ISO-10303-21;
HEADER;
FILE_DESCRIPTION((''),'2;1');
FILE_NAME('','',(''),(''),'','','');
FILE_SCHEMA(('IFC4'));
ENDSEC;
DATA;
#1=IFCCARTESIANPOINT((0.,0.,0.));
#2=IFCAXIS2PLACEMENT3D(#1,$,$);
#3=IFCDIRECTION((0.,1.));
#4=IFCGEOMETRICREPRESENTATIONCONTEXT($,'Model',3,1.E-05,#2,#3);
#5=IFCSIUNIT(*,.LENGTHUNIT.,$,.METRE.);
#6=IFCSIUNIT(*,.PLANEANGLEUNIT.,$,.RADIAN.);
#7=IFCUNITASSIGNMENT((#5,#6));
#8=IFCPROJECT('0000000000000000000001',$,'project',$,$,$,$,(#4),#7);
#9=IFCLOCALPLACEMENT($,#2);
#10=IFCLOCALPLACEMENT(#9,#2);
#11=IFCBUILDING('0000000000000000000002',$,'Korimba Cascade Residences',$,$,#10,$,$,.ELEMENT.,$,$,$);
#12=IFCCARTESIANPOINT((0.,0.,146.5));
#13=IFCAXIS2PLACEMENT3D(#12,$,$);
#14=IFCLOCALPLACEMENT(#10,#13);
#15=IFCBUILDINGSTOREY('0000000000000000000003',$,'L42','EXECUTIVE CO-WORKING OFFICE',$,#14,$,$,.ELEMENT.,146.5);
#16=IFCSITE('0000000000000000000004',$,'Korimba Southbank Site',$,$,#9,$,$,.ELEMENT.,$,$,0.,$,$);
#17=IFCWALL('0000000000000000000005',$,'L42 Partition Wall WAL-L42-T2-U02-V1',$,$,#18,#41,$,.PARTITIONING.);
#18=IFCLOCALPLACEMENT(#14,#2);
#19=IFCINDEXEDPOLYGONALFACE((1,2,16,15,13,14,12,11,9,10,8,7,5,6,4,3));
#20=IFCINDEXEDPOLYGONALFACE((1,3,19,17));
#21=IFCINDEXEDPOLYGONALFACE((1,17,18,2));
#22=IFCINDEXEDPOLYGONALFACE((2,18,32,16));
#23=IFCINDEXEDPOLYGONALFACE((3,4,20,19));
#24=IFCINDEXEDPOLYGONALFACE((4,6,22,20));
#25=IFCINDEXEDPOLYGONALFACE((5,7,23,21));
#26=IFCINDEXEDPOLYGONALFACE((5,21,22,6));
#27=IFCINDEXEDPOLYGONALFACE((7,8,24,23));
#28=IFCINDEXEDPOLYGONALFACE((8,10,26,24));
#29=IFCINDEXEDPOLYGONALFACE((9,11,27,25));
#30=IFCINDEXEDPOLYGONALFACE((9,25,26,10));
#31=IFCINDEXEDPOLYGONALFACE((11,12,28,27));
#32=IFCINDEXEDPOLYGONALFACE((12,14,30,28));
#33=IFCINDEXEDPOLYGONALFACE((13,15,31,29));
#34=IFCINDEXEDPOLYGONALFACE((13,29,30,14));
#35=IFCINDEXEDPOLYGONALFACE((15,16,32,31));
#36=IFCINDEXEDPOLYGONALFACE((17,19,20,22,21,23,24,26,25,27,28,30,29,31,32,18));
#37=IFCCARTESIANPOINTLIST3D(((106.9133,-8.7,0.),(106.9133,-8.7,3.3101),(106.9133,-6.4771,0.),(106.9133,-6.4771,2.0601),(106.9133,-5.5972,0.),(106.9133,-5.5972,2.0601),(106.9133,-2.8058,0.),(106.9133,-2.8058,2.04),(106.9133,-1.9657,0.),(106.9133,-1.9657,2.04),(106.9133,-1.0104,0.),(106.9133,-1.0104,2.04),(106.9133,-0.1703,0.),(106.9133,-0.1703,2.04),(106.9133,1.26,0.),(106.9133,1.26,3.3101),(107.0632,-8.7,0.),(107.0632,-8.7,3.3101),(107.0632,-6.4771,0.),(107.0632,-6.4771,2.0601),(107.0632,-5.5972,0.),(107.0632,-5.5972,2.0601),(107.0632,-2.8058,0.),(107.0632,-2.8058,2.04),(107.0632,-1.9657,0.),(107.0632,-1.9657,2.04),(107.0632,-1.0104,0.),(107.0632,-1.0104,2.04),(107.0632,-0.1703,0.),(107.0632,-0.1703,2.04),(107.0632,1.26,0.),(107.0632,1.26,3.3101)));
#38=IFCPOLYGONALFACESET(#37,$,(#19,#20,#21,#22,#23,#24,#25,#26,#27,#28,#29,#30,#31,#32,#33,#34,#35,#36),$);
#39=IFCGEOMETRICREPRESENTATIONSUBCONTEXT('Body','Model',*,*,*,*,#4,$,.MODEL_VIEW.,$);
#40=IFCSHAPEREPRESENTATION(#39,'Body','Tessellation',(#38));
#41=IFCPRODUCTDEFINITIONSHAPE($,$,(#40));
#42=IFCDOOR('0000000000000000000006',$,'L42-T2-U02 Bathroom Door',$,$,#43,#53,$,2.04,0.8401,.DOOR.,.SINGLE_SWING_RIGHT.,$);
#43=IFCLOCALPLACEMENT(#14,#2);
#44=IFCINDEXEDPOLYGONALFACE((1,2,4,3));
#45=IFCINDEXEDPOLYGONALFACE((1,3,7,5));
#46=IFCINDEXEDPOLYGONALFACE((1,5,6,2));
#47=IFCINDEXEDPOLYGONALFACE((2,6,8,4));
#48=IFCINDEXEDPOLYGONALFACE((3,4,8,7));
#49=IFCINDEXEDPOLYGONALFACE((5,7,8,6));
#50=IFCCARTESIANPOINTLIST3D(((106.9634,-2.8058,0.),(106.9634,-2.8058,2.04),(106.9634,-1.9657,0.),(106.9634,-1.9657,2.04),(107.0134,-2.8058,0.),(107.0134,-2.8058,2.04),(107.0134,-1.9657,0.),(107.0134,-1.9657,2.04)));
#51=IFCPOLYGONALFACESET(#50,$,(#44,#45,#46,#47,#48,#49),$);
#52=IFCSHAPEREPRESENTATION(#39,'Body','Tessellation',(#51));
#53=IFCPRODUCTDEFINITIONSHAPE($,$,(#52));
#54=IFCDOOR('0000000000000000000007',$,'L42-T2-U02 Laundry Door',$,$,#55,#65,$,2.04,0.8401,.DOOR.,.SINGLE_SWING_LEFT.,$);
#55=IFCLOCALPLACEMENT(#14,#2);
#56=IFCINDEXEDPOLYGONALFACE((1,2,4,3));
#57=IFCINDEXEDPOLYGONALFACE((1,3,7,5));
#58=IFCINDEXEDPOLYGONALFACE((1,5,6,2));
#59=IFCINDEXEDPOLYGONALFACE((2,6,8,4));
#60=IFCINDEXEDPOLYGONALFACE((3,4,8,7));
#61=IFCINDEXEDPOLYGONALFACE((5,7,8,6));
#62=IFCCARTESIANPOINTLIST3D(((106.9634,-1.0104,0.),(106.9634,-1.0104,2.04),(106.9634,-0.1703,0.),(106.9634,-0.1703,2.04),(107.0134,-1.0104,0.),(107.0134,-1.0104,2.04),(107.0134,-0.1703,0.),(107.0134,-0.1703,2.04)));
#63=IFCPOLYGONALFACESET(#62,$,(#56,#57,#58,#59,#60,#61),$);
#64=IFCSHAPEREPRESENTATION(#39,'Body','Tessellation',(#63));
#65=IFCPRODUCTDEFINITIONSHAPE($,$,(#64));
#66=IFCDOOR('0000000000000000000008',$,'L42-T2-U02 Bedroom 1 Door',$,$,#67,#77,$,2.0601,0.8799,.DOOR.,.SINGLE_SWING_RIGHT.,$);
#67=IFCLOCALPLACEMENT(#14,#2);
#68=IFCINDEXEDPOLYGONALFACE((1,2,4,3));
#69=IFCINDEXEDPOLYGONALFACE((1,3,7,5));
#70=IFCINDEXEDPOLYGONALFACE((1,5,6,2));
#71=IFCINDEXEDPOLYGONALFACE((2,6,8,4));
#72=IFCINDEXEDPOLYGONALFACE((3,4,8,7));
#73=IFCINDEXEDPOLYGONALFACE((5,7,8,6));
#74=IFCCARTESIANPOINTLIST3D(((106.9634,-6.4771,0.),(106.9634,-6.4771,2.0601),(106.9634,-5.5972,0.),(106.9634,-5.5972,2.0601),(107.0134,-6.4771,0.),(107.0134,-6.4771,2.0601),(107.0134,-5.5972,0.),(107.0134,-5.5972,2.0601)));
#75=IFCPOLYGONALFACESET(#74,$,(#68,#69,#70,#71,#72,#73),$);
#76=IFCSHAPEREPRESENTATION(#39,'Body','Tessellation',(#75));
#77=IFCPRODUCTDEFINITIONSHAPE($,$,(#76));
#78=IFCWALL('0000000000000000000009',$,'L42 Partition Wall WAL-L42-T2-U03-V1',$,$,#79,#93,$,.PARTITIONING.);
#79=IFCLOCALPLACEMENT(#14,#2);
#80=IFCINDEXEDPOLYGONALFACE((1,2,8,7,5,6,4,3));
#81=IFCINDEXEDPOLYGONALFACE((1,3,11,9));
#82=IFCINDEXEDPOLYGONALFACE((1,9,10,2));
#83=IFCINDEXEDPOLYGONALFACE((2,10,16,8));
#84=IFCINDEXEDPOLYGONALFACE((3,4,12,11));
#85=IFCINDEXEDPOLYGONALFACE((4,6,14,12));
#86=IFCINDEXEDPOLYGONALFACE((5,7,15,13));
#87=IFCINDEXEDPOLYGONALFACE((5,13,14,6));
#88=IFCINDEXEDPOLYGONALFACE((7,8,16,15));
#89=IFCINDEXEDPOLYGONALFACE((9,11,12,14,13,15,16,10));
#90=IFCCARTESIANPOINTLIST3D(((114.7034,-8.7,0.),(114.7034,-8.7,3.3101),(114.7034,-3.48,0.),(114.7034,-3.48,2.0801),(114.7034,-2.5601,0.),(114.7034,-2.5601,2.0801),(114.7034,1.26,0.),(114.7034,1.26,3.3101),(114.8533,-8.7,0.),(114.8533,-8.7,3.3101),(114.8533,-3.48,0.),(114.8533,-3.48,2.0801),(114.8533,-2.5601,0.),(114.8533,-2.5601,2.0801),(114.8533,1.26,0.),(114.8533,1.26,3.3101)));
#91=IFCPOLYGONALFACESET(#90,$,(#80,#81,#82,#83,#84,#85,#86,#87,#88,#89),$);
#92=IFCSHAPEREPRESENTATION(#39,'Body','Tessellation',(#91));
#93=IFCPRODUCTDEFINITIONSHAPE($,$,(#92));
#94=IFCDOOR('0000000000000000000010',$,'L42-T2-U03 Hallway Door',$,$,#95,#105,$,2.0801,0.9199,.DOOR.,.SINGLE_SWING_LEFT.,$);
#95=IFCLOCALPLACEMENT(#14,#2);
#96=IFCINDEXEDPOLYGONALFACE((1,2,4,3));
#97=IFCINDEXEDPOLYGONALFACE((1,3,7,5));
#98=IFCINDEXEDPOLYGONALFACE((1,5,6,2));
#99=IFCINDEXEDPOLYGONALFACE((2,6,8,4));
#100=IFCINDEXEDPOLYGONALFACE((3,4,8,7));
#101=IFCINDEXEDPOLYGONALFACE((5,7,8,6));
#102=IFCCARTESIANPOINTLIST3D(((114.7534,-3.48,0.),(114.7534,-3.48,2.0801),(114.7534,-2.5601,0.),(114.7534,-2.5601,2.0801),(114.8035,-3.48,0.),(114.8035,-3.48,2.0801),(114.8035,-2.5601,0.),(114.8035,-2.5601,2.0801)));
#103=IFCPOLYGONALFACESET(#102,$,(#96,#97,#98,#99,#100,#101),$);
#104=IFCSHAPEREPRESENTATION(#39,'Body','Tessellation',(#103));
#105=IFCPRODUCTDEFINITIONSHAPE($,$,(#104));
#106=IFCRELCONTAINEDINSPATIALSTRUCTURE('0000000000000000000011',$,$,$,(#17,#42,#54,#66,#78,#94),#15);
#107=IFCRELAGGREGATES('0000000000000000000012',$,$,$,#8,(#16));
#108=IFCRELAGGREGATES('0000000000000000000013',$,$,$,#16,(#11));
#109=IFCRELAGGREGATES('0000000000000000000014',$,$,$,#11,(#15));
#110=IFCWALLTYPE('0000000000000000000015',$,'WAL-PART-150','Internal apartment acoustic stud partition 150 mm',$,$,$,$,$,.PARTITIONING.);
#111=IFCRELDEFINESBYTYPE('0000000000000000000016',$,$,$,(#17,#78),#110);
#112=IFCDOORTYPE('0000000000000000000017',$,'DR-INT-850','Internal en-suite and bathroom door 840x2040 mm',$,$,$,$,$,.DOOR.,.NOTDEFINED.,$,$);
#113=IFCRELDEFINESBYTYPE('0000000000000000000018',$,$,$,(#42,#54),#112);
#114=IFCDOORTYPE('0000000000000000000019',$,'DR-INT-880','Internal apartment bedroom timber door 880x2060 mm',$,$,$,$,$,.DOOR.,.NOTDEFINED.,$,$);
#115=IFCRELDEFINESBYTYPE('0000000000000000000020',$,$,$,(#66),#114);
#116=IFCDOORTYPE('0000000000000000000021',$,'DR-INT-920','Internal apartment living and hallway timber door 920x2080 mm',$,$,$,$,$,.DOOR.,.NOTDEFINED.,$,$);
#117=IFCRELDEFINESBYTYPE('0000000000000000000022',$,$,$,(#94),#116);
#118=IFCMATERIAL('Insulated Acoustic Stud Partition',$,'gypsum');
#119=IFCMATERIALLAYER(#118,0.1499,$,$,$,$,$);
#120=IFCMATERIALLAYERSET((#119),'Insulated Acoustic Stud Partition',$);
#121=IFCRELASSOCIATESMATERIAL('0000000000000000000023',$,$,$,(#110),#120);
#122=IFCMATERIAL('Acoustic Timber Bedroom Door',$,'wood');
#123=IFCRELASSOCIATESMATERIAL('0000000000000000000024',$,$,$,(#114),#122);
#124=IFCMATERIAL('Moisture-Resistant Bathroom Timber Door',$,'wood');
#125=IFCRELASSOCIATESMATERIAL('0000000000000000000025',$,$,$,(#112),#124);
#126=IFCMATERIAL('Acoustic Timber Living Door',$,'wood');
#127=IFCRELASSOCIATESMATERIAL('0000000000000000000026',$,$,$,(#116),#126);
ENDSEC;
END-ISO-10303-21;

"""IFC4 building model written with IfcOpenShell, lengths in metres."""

from ifc_helpers import new_model, si_unit, direction, frame, frame_2d, origin, place, context, subcontext, project, spatial, rectangle, extrude, material, layer, layer_set, type_object, element, fill, save


model = new_model("IFC4")

# Units and contexts
model_context = context("Model", 3, precision=1e-05, world=origin(), true_north=direction((0.0, 1.0)))
body_context = subcontext(model_context, "Body", "Model", "MODEL_VIEW")
ifc_project = project(units=[si_unit("LENGTHUNIT", "METRE"), si_unit("PLANEANGLEUNIT", "RADIAN")], contexts=[model_context])

# Site, building, storey
site_placement = place(None, origin())
site = spatial("IfcSite", under=ifc_project, at=site_placement, Name="Korimba Southbank Site", CompositionType="ELEMENT", RefElevation=0.0)
building_placement = place(site_placement, origin())
building = spatial("IfcBuilding", under=site, at=building_placement, Name="Korimba Cascade Residences", CompositionType="ELEMENT")
storey_placement = place(building_placement, frame((0.0, 0.0, 146.5)))
storey = spatial("IfcBuildingStorey", under=building, at=storey_placement, Name="L42", Description="EXECUTIVE CO-WORKING OFFICE", CompositionType="ELEMENT", Elevation=146.5)

# Shared definitions
ifc_material_1 = material(Name="Insulated Acoustic Stud Partition", Category="gypsum")
ifc_layer_1 = layer(ifc_material_1, 0.1499)
ifc_layer_set_1 = layer_set([ifc_layer_1], Name="Insulated Acoustic Stud Partition")
wall_type_1 = type_object("IfcWallType", Name="WAL-PART-150", Description="Internal apartment acoustic stud partition 150 mm", PredefinedType="PARTITIONING", material=ifc_layer_set_1)
ifc_material_2 = material(Name="Acoustic Timber Bedroom Door", Category="wood")
door_type_1 = type_object("IfcDoorType", Name="DR-INT-880", Description="Internal apartment bedroom timber door 880x2060 mm", OperationType="NOTDEFINED", PredefinedType="DOOR", material=ifc_material_2)

# Wall, openings, doors
wall_1_placement = place(storey_placement, frame((106.9883, -8.7, 0.0), z_axis=(0.0, 0.0, 1.0), x_axis=(0.0, 1.0, 0.0)))
wall_1 = element("IfcWall", 1, at=wall_1_placement, inside=storey, type_object=wall_type_1, Name="L42 Partition Wall WAL-L42-T2-U02-V1", PredefinedType="PARTITIONING", context=body_context, shape_type="SweptSolid", body=[
    extrude(rectangle(XDim=9.96, YDim=0.1499, at=frame_2d((4.98, 0.0))), origin(), (0.0, 0.0, 1.0), 3.3101),
])
opening_1_placement = place(wall_1_placement, frame((5.8943, 0.0, 0.0)))
opening_1 = element("IfcOpeningElement", 2, at=opening_1_placement, cuts=wall_1, PredefinedType="OPENING", context=body_context, shape_type="SweptSolid", body=[
    extrude(rectangle(XDim=0.8401, YDim=2.04, at=frame_2d((0.4199, 1.02))), frame((0.0, 0.085, 0.0), z_axis=(0.0, -1.0, 0.0), x_axis=(1.0, 0.0, 0.0)), (0.0, 0.0, 1.0), 0.1699),
])
opening_2_placement = place(wall_1_placement, frame((7.6897, 0.0, 0.0)))
opening_2 = element("IfcOpeningElement", 3, at=opening_2_placement, cuts=wall_1, PredefinedType="OPENING", context=body_context, shape_type="SweptSolid", body=[
    extrude(rectangle(XDim=0.8401, YDim=2.04, at=frame_2d((0.4199, 1.02))), frame((0.0, 0.085, 0.0), z_axis=(0.0, -1.0, 0.0), x_axis=(1.0, 0.0, 0.0)), (0.0, 0.0, 1.0), 0.1699),
])
opening_3_placement = place(wall_1_placement, frame((2.2229, 0.0, 0.0)))
opening_3 = element("IfcOpeningElement", 4, at=opening_3_placement, cuts=wall_1, PredefinedType="OPENING", context=body_context, shape_type="SweptSolid", body=[
    extrude(rectangle(XDim=0.8799, YDim=2.0601, at=frame_2d((0.4399, 1.03))), frame((0.0, 0.085, 0.0), z_axis=(0.0, -1.0, 0.0), x_axis=(1.0, 0.0, 0.0)), (0.0, 0.0, 1.0), 0.1699),
])
ifc_material_3 = material(Name="Moisture-Resistant Bathroom Timber Door", Category="wood")
door_type_2 = type_object("IfcDoorType", Name="DR-INT-850", Description="Internal en-suite and bathroom door 840x2040 mm", OperationType="NOTDEFINED", PredefinedType="DOOR", material=ifc_material_3)
door_1_placement = place(opening_1_placement, origin())
door_1 = element("IfcDoor", 5, at=door_1_placement, inside=storey, type_object=door_type_2, Name="L42-T2-U02 Bathroom Door", OperationType="SINGLE_SWING_RIGHT", OverallHeight=2.04, OverallWidth=0.8401, PredefinedType="DOOR", context=body_context, shape_type="SweptSolid", body=[
    extrude(rectangle(XDim=0.8401, YDim=2.04, at=frame_2d((0.4199, 1.02))), frame((0.0, 0.0249, 0.0), z_axis=(0.0, -1.0, 0.0), x_axis=(1.0, 0.0, 0.0)), (0.0, 0.0, 1.0), 0.05),
])
fill(opening_1, door_1)
door_2_placement = place(opening_2_placement, origin())
door_2 = element("IfcDoor", 6, at=door_2_placement, inside=storey, type_object=door_type_2, Name="L42-T2-U02 Laundry Door", OperationType="SINGLE_SWING_LEFT", OverallHeight=2.04, OverallWidth=0.8401, PredefinedType="DOOR", context=body_context, shape_type="SweptSolid", body=[
    extrude(rectangle(XDim=0.8401, YDim=2.04, at=frame_2d((0.4199, 1.02))), frame((0.0, 0.0249, 0.0), z_axis=(0.0, -1.0, 0.0), x_axis=(1.0, 0.0, 0.0)), (0.0, 0.0, 1.0), 0.05),
])
fill(opening_2, door_2)
door_3_placement = place(opening_3_placement, origin())
door_3 = element("IfcDoor", 7, at=door_3_placement, inside=storey, type_object=door_type_1, Name="L42-T2-U02 Bedroom 1 Door", OperationType="SINGLE_SWING_RIGHT", OverallHeight=2.0601, OverallWidth=0.8799, PredefinedType="DOOR", context=body_context, shape_type="SweptSolid", body=[
    extrude(rectangle(XDim=0.8799, YDim=2.0601, at=frame_2d((0.4399, 1.03))), frame((0.0, 0.0249, 0.0), z_axis=(0.0, -1.0, 0.0), x_axis=(1.0, 0.0, 0.0)), (0.0, 0.0, 1.0), 0.05),
])
fill(opening_3, door_3)

# Wall, opening, door
wall_2_placement = place(storey_placement, frame((114.7783, -8.7, 0.0), z_axis=(0.0, 0.0, 1.0), x_axis=(0.0, 1.0, 0.0)))
wall_2 = element("IfcWall", 8, at=wall_2_placement, inside=storey, type_object=wall_type_1, Name="L42 Partition Wall WAL-L42-T2-U03-V1", PredefinedType="PARTITIONING", context=body_context, shape_type="SweptSolid", body=[
    extrude(rectangle(XDim=9.96, YDim=0.1499, at=frame_2d((4.98, 0.0))), origin(), (0.0, 0.0, 1.0), 3.3101),
])
opening_4_placement = place(wall_2_placement, frame((5.22, 0.0, 0.0)))
opening_4 = element("IfcOpeningElement", 9, at=opening_4_placement, cuts=wall_2, PredefinedType="OPENING", context=body_context, shape_type="SweptSolid", body=[
    extrude(rectangle(XDim=0.9199, YDim=2.0801, at=frame_2d((0.46, 1.04))), frame((0.0, 0.085, 0.0), z_axis=(0.0, -1.0, 0.0), x_axis=(1.0, 0.0, 0.0)), (0.0, 0.0, 1.0), 0.1699),
])
ifc_material_4 = material(Name="Acoustic Timber Living Door", Category="wood")
door_type_3 = type_object("IfcDoorType", Name="DR-INT-920", Description="Internal apartment living and hallway timber door 920x2080 mm", OperationType="NOTDEFINED", PredefinedType="DOOR", material=ifc_material_4)
door_4_placement = place(opening_4_placement, origin())
door_4 = element("IfcDoor", 10, at=door_4_placement, inside=storey, type_object=door_type_3, Name="L42-T2-U03 Hallway Door", OperationType="SINGLE_SWING_LEFT", OverallHeight=2.0801, OverallWidth=0.9199, PredefinedType="DOOR", context=body_context, shape_type="SweptSolid", body=[
    extrude(rectangle(XDim=0.9199, YDim=2.0801, at=frame_2d((0.46, 1.04))), frame((0.0, 0.0249, 0.0), z_axis=(0.0, -1.0, 0.0), x_axis=(1.0, 0.0, 0.0)), (0.0, 0.0, 1.0), 0.05),
])
fill(opening_4, door_4)

save(model, "model.ifc")
